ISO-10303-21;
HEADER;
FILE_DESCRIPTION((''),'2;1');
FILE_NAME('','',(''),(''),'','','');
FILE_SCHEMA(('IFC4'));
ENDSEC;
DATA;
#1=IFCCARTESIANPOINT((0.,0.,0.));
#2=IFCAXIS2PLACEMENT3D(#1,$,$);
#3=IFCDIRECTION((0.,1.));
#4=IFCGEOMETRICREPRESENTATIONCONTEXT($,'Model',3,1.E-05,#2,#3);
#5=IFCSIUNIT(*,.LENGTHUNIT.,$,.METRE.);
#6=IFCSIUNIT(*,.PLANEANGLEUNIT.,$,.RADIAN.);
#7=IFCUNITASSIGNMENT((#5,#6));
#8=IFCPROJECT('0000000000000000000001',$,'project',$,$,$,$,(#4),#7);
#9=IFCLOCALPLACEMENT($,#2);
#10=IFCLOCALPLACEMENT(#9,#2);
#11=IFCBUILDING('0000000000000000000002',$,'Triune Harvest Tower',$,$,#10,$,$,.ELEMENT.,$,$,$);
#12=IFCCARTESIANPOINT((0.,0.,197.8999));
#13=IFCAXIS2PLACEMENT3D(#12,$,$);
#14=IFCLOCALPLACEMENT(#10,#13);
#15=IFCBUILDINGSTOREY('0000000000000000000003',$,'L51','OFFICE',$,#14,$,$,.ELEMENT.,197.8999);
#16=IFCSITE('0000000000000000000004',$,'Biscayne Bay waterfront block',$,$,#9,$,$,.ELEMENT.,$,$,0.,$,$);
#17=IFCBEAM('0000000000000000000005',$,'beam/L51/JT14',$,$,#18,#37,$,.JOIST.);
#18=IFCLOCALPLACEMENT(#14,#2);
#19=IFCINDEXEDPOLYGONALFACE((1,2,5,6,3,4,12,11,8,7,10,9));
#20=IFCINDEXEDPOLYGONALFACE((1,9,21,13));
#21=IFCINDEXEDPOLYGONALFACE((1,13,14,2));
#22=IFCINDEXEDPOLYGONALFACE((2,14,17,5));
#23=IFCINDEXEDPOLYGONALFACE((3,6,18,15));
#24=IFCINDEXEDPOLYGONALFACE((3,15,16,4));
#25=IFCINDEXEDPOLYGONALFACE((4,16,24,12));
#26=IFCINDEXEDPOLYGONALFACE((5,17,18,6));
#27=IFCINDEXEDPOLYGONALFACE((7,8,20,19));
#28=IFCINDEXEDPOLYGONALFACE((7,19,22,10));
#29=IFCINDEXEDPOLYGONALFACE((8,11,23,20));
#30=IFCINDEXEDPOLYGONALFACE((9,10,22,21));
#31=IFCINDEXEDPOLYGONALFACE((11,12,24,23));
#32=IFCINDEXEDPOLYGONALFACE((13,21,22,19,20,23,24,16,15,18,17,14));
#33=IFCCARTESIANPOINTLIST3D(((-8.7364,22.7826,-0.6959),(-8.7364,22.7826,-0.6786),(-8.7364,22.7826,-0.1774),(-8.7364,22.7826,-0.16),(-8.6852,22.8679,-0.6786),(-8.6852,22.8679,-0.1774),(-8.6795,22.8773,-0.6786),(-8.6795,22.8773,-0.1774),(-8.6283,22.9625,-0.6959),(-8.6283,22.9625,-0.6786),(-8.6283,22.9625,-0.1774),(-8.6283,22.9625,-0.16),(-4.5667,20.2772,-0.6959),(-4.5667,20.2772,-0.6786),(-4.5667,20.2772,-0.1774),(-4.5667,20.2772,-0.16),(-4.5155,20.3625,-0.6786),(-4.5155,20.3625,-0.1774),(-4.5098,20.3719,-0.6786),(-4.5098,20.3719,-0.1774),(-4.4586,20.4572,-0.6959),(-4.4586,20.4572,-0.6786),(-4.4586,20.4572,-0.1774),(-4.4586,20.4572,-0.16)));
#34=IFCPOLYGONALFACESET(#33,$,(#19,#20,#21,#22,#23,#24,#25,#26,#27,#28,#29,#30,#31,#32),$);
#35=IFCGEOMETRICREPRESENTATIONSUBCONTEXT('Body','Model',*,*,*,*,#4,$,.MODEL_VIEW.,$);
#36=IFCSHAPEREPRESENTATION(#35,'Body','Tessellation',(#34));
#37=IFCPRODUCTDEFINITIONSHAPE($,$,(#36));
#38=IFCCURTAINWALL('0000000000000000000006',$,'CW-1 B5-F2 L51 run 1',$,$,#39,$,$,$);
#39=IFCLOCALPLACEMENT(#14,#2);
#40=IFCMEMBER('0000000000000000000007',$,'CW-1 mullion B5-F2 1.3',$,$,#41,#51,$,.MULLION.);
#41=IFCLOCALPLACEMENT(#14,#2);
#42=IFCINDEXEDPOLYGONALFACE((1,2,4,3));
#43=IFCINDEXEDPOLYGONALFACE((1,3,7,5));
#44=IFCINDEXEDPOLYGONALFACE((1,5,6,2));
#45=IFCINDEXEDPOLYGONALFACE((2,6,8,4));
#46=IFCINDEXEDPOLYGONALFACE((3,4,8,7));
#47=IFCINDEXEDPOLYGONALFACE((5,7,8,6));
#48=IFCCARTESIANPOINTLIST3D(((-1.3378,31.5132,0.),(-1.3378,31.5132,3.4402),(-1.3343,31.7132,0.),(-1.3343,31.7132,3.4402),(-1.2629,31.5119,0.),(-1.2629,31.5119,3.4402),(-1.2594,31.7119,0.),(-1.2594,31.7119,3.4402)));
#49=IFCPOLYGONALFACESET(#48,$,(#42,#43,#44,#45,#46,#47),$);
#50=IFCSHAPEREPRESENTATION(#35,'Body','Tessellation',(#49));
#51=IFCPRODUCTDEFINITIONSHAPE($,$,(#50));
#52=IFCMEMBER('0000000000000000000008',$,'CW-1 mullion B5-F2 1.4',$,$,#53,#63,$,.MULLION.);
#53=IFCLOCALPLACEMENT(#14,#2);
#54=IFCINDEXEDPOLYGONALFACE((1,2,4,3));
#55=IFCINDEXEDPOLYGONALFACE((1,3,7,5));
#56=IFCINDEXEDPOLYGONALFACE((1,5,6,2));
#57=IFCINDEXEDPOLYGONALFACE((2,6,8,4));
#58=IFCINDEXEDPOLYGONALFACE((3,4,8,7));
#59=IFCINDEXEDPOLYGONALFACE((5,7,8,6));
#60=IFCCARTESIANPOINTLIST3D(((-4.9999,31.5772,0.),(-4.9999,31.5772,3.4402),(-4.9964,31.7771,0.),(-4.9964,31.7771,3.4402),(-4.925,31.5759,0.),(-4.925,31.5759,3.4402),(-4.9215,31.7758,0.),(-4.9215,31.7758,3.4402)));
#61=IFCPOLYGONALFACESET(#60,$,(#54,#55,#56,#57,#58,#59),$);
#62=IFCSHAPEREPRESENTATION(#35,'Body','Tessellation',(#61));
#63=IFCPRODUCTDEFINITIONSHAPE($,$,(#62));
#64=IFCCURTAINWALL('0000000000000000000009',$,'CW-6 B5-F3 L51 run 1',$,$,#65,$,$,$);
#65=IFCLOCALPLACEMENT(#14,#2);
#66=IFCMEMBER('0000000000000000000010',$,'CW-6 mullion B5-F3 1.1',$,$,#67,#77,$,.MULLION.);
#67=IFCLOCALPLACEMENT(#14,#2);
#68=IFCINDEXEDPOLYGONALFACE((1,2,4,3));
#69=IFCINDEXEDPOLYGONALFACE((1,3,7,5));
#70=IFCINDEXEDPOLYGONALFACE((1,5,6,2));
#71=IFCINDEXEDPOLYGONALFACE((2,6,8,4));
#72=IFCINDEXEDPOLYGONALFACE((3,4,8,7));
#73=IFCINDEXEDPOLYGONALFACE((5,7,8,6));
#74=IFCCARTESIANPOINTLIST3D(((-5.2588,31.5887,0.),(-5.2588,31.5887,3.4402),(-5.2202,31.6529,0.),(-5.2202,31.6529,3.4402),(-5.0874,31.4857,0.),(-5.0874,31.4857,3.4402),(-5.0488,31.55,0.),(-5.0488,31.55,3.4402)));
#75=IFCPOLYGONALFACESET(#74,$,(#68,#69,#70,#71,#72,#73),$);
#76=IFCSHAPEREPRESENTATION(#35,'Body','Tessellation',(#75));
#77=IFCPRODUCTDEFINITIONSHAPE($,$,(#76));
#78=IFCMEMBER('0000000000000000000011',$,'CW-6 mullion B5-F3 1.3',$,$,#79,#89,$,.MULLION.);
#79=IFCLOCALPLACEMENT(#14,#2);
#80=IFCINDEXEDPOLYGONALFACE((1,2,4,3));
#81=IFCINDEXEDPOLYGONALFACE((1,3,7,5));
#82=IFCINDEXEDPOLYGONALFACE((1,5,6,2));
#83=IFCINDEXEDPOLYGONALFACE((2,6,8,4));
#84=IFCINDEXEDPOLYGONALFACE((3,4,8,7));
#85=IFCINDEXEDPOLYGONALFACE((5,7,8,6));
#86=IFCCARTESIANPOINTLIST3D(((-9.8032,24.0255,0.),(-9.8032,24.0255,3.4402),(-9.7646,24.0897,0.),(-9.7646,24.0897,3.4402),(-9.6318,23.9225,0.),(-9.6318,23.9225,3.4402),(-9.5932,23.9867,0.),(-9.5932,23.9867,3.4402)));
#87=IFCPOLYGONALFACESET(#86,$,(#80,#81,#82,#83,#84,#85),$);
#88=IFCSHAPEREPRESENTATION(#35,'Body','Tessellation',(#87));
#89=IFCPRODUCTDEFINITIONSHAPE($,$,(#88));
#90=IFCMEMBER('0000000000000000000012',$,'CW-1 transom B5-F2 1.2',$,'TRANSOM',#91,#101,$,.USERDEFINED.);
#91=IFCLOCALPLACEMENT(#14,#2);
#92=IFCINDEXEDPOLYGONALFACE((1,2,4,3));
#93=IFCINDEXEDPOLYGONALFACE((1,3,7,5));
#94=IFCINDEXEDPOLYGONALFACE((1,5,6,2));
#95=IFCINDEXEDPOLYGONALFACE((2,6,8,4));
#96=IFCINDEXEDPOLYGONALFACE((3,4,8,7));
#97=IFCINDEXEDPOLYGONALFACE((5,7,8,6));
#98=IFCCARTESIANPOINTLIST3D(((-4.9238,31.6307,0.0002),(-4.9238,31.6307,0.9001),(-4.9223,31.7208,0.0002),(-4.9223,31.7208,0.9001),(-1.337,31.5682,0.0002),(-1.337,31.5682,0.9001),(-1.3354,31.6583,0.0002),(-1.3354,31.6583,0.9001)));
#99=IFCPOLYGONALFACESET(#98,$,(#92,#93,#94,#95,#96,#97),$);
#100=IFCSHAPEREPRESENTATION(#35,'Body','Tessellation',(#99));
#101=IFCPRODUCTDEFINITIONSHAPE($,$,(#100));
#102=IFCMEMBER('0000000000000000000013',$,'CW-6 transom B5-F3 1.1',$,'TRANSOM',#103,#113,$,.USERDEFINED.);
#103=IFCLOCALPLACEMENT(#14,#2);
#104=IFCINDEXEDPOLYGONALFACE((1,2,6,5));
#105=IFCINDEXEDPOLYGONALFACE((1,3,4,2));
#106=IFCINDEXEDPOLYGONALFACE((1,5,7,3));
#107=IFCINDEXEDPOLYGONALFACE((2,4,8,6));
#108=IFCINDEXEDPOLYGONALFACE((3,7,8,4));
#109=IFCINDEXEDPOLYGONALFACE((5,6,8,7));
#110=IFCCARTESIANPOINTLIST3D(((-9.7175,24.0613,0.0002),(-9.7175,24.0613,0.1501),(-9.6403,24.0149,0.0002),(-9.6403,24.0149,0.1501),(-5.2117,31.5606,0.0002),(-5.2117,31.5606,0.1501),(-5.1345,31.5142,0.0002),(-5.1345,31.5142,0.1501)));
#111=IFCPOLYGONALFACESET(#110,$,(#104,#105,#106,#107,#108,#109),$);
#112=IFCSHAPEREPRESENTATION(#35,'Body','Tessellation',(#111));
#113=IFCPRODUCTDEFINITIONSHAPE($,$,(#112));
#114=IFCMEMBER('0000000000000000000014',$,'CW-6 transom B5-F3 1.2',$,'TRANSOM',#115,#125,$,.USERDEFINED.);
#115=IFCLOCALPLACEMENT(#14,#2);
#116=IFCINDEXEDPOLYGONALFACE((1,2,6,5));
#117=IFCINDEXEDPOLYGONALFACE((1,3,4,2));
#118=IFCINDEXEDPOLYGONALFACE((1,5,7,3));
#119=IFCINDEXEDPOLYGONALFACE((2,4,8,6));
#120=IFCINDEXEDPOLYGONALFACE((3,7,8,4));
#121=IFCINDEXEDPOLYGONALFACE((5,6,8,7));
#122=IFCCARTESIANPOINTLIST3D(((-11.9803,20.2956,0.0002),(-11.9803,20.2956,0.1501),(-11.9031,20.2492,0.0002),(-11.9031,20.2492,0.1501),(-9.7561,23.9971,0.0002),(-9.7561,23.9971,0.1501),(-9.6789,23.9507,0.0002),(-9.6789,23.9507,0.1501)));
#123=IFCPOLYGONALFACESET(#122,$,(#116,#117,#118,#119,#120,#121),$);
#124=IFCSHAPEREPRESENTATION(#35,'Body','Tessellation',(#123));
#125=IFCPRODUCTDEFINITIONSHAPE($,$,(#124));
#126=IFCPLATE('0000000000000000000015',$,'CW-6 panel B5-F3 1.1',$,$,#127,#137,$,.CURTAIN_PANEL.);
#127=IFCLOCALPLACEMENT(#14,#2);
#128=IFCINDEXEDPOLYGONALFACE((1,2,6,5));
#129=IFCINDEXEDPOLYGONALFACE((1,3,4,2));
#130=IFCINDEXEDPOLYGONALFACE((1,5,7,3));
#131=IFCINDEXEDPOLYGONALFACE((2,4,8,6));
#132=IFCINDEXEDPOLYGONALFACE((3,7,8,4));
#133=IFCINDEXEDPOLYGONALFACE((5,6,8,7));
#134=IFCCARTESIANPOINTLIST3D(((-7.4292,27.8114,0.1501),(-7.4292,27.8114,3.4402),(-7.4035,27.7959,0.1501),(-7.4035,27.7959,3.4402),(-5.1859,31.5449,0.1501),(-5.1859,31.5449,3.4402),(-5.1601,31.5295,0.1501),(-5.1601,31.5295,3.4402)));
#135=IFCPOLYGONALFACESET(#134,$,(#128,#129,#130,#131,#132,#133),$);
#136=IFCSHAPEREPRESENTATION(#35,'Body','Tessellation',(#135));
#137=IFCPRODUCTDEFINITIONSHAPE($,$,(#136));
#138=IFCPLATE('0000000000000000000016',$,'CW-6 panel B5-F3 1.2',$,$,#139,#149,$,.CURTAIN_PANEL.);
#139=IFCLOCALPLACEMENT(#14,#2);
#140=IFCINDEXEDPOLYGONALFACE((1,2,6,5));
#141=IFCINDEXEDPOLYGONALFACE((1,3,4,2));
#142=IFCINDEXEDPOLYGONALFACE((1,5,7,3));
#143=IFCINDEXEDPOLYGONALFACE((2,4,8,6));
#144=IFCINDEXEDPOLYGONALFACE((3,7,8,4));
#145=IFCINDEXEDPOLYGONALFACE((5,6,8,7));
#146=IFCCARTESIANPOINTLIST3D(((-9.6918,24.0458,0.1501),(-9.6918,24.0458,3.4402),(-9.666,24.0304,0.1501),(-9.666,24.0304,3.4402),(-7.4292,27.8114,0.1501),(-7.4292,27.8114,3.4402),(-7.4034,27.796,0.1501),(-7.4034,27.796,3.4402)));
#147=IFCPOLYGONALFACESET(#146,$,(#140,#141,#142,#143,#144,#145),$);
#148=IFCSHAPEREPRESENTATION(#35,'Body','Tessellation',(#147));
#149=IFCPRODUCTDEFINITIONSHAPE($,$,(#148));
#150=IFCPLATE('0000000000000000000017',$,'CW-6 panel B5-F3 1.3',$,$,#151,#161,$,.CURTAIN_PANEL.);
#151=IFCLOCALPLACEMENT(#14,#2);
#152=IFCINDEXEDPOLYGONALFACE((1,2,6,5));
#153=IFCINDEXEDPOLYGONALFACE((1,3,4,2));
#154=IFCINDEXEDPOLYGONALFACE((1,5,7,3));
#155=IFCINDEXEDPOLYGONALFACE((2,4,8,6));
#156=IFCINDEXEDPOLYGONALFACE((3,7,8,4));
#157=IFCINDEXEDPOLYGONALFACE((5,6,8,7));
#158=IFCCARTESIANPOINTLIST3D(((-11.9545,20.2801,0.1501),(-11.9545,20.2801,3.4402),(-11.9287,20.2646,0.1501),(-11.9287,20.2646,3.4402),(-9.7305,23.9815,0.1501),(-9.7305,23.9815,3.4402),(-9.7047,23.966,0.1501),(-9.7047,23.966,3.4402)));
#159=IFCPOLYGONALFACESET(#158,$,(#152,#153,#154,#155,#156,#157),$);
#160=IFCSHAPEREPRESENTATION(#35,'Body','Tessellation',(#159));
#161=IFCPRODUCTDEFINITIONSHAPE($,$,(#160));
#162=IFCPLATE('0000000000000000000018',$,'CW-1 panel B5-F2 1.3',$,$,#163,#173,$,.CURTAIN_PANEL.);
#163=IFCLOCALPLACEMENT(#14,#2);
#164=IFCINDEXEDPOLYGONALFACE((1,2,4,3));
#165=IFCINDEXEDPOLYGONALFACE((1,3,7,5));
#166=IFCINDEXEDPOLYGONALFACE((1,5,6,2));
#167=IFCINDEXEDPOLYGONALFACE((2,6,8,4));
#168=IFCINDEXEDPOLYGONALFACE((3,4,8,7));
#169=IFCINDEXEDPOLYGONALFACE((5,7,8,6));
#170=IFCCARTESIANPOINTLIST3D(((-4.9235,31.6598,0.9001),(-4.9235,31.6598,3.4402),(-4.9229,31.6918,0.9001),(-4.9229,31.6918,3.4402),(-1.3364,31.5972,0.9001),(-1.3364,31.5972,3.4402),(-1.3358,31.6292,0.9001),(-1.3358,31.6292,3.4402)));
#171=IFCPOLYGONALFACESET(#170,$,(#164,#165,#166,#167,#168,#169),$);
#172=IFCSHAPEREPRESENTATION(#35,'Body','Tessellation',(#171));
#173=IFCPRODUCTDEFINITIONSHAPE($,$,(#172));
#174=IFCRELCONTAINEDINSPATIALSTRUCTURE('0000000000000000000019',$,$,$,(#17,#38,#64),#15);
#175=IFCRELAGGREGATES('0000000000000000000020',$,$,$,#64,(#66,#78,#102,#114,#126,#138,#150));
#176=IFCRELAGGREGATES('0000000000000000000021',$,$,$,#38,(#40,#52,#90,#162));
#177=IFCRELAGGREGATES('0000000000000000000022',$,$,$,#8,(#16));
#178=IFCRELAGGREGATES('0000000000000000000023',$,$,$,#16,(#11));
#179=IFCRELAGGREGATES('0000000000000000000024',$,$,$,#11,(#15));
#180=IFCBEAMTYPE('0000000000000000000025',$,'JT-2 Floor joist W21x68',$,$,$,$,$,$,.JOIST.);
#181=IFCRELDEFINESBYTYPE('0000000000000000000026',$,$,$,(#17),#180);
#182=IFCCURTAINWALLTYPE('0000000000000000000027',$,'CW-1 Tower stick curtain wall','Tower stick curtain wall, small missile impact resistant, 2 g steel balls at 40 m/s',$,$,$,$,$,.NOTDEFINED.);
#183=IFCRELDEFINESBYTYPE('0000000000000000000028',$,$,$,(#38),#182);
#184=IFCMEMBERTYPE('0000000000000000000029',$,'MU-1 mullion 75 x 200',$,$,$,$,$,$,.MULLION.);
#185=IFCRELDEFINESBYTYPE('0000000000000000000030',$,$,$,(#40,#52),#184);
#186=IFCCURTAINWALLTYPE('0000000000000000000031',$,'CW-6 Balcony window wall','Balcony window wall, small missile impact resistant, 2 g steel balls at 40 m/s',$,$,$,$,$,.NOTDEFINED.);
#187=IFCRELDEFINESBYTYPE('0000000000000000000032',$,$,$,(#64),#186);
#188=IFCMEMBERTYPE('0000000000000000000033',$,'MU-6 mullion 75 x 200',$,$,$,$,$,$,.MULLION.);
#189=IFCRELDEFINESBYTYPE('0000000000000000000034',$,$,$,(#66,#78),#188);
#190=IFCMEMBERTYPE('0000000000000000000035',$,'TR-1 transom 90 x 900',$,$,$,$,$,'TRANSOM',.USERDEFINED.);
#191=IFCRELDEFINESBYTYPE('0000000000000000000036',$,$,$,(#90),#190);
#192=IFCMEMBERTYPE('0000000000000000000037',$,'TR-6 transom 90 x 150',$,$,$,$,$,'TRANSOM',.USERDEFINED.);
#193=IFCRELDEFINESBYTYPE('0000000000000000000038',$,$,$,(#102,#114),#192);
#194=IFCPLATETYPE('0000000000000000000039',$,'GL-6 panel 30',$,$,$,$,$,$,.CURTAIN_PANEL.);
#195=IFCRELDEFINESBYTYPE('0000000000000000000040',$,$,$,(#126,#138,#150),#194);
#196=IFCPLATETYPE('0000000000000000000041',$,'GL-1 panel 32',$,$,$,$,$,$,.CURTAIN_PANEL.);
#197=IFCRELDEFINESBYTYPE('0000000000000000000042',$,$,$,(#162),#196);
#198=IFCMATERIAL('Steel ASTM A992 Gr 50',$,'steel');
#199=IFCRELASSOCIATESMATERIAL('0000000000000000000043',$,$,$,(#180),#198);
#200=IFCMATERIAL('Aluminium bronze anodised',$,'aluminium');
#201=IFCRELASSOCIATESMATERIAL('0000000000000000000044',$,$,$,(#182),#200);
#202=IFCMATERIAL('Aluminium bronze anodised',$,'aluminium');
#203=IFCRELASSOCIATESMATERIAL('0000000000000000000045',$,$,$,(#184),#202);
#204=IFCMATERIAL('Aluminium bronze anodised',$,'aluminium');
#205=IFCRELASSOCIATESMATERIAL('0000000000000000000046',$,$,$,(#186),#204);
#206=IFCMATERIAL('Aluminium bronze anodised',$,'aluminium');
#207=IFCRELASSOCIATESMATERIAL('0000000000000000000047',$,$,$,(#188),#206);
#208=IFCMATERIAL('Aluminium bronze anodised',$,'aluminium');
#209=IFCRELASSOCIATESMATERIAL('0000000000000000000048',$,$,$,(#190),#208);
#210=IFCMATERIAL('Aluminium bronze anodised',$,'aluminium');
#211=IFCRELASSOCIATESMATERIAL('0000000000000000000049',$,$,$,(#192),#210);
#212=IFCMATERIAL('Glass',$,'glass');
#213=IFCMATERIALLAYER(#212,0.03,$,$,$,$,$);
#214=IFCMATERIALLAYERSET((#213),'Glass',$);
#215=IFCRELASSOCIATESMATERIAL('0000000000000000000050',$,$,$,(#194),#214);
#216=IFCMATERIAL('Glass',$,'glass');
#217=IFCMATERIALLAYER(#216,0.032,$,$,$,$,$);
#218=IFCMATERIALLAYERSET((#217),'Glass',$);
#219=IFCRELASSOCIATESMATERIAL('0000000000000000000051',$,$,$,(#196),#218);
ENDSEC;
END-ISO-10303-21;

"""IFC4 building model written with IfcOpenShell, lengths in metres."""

from ifc_helpers import new_model, si_unit, direction, frame, origin, origin_2d, place, context, subcontext, project, spatial, rectangle, i_section, extrude, source, transform, mapped, material, layer, layer_set, material_profile, profile_set, type_object, element, aggregate, save


model = new_model("IFC4")

# Units and contexts
model_context = context("Model", 3, precision=1e-05, world=origin(), true_north=direction((0.0, 1.0)))
body_context = subcontext(model_context, "Body", "Model", "MODEL_VIEW")
ifc_project = project(units=[si_unit("LENGTHUNIT", "METRE"), si_unit("PLANEANGLEUNIT", "RADIAN")], contexts=[model_context])

# Site, building, storey
site_placement = place(None, origin())
site = spatial("IfcSite", under=ifc_project, at=site_placement, Name="Biscayne Bay waterfront block", CompositionType="ELEMENT", RefElevation=0.0)
building_placement = place(site_placement, origin())
building = spatial("IfcBuilding", under=site, at=building_placement, Name="Triune Harvest Tower", CompositionType="ELEMENT")
storey_placement = place(building_placement, frame((0.0, 0.0, 197.8999)))
storey = spatial("IfcBuildingStorey", under=building, at=storey_placement, Name="L51", Description="OFFICE", CompositionType="ELEMENT", Elevation=197.8999)

# Beam
ifc_material_1 = material(Name="Steel ASTM A992 Gr 50", Category="steel")
ifc_material_profile_1 = material_profile(ifc_material_1, i_section(OverallWidth=0.21, OverallDepth=0.5359, WebThickness=0.011, FlangeThickness=0.0173, at=origin_2d()), Name="W21x68")
ifc_profile_set_1 = profile_set([ifc_material_profile_1], Name="Steel ASTM A992 Gr 50")
beam_type_1 = type_object("IfcBeamType", Name="JT-2 Floor joist W21x68", PredefinedType="JOIST", material=ifc_profile_set_1)
shared_shape_1 = source(origin(), body_context, "Body", "SweptSolid", [
    extrude(i_section(OverallWidth=0.21, OverallDepth=0.5359, WebThickness=0.011, FlangeThickness=0.0173, at=origin_2d()), origin(), (0.0, 0.0, 1.0), 4.8645),
])
beam_1_placement = place(storey_placement, frame((-8.6824, 22.8726, -0.428), z_axis=(0.857169, -0.515034, 0.0), x_axis=(0.515034, 0.857169, 0.0)))
element("IfcBeam", 1, at=beam_1_placement, inside=storey, type_object=beam_type_1, Name="beam/L51/JT14", PredefinedType="JOIST", context=body_context, shape_type="MappedRepresentation", body=[
    mapped(shared_shape_1, transform((0.0, 0.0, 0.0), scale=1.0)),
])

# Curtain walls, members
ifc_material_2 = material(Name="Aluminium bronze anodised", Category="aluminium")
curtain_wall_type_1 = type_object("IfcCurtainWallType", Name="CW-1 Tower stick curtain wall", Description="Tower stick curtain wall, small missile impact resistant, 2 g steel balls at 40 m/s", PredefinedType="NOTDEFINED", material=ifc_material_2)
curtain_wall_1_placement = place(storey_placement, origin())
curtain_wall_1 = element("IfcCurtainWall", 2, at=curtain_wall_1_placement, inside=storey, type_object=curtain_wall_type_1, Name="CW-1 B5-F2 L51 run 1")
ifc_material_3 = material(Name="Aluminium bronze anodised", Category="aluminium")
ifc_material_profile_2 = material_profile(ifc_material_3, rectangle(XDim=0.2, YDim=0.075, at=origin_2d()), Name="MU-1 mullion 75 x 200")
ifc_profile_set_2 = profile_set([ifc_material_profile_2], Name="Aluminium bronze anodised")
member_type_1 = type_object("IfcMemberType", Name="MU-1 mullion 75 x 200", PredefinedType="MULLION", material=ifc_profile_set_2)
shared_shape_2 = source(origin(), body_context, "Body", "SweptSolid", [
    extrude(rectangle(XDim=0.2, YDim=0.075, at=origin_2d()), origin(), (0.0, 0.0, 1.0), 3.4402),
])
member_1_placement = place(storey_placement, frame((-1.2986, 31.6125, 0.0), z_axis=(0.0, 0.0, 1.0), x_axis=(-0.017446, -0.999848, 0.0)))
member_1 = element("IfcMember", 3, at=member_1_placement, type_object=member_type_1, Name="CW-1 mullion B5-F2 1.3", PredefinedType="MULLION", context=body_context, shape_type="MappedRepresentation", body=[
    mapped(shared_shape_2, transform((0.0, 0.0, 0.0), scale=1.0)),
])
member_2_placement = place(storey_placement, frame((-4.9607, 31.6765, 0.0), z_axis=(0.0, 0.0, 1.0), x_axis=(-0.017446, -0.999848, 0.0)))
member_2 = element("IfcMember", 4, at=member_2_placement, type_object=member_type_1, Name="CW-1 mullion B5-F2 1.4", PredefinedType="MULLION", context=body_context, shape_type="MappedRepresentation", body=[
    mapped(shared_shape_2, transform((0.0, 0.0, 0.0), scale=1.0)),
])
ifc_material_4 = material(Name="Aluminium bronze anodised", Category="aluminium")
curtain_wall_type_2 = type_object("IfcCurtainWallType", Name="CW-6 Balcony window wall", Description="Balcony window wall, small missile impact resistant, 2 g steel balls at 40 m/s", PredefinedType="NOTDEFINED", material=ifc_material_4)
curtain_wall_2_placement = place(storey_placement, origin())
curtain_wall_2 = element("IfcCurtainWall", 5, at=curtain_wall_2_placement, inside=storey, type_object=curtain_wall_type_2, Name="CW-6 B5-F3 L51 run 1")
ifc_material_5 = material(Name="Aluminium bronze anodised", Category="aluminium")
ifc_material_profile_3 = material_profile(ifc_material_5, rectangle(XDim=0.2, YDim=0.075, at=origin_2d()), Name="MU-6 mullion 75 x 200")
ifc_profile_set_3 = profile_set([ifc_material_profile_3], Name="Aluminium bronze anodised")
member_type_2 = type_object("IfcMemberType", Name="MU-6 mullion 75 x 200", PredefinedType="MULLION", material=ifc_profile_set_3)
shared_shape_3 = source(origin(), body_context, "Body", "SweptSolid", [
    extrude(rectangle(XDim=0.2, YDim=0.075, at=origin_2d()), origin(), (0.0, 0.0, 1.0), 3.4402),
])
member_3_placement = place(storey_placement, frame((-5.1538, 31.5693, 0.0), z_axis=(0.0, 0.0, 1.0), x_axis=(0.857168, -0.515037, 0.0)))
member_3 = element("IfcMember", 6, at=member_3_placement, type_object=member_type_2, Name="CW-6 mullion B5-F3 1.1", PredefinedType="MULLION", context=body_context, shape_type="MappedRepresentation", body=[
    mapped(shared_shape_3, transform((0.0, 0.0, 0.0), scale=1.0)),
])
member_4_placement = place(storey_placement, frame((-9.6982, 24.0061, 0.0), z_axis=(0.0, 0.0, 1.0), x_axis=(0.857168, -0.515037, 0.0)))
member_4 = element("IfcMember", 7, at=member_4_placement, type_object=member_type_2, Name="CW-6 mullion B5-F3 1.3", PredefinedType="MULLION", context=body_context, shape_type="MappedRepresentation", body=[
    mapped(shared_shape_3, transform((0.0, 0.0, 0.0), scale=1.0)),
])

# Members
ifc_material_6 = material(Name="Aluminium bronze anodised", Category="aluminium")
ifc_material_profile_4 = material_profile(ifc_material_6, rectangle(XDim=0.0901, YDim=0.8999, at=origin_2d()), Name="TR-1 transom 90 x 900")
ifc_profile_set_4 = profile_set([ifc_material_profile_4], Name="Aluminium bronze anodised")
member_type_3 = type_object("IfcMemberType", Name="TR-1 transom 90 x 900", ElementType="TRANSOM", PredefinedType="USERDEFINED", material=ifc_profile_set_4)
shared_shape_4 = source(origin(), body_context, "Body", "SweptSolid", [
    extrude(rectangle(XDim=0.0901, YDim=0.8999, at=origin_2d()), origin(), (0.0, 0.0, 1.0), 3.5874),
])
member_5_placement = place(storey_placement, frame((-1.3362, 31.6133, 0.4502), z_axis=(-0.999848, 0.017422, 0.0), x_axis=(-0.017422, -0.999848, 0.0)))
member_5 = element("IfcMember", 8, at=member_5_placement, type_object=member_type_3, Name="CW-1 transom B5-F2 1.2", ObjectType="TRANSOM", PredefinedType="USERDEFINED", context=body_context, shape_type="MappedRepresentation", body=[
    mapped(shared_shape_4, transform((0.0, 0.0, 0.0), scale=1.0)),
])
ifc_material_7 = material(Name="Aluminium bronze anodised", Category="aluminium")
ifc_material_profile_5 = material_profile(ifc_material_7, rectangle(XDim=0.0901, YDim=0.1499, at=origin_2d()), Name="TR-6 transom 90 x 150")
ifc_profile_set_5 = profile_set([ifc_material_profile_5], Name="Aluminium bronze anodised")
member_type_4 = type_object("IfcMemberType", Name="TR-6 transom 90 x 150", ElementType="TRANSOM", PredefinedType="USERDEFINED", material=ifc_profile_set_5)
shared_shape_5 = source(origin(), body_context, "Body", "SweptSolid", [
    extrude(rectangle(XDim=0.0901, YDim=0.1499, at=origin_2d()), origin(), (0.0, 0.0, 1.0), 8.7488),
])
member_6_placement = place(storey_placement, frame((-5.1731, 31.5374, 0.0752), z_axis=(-0.515025, -0.857175, 0.0), x_axis=(0.857175, -0.515025, 0.0)))
member_6 = element("IfcMember", 9, at=member_6_placement, type_object=member_type_4, Name="CW-6 transom B5-F3 1.1", ObjectType="TRANSOM", PredefinedType="USERDEFINED", context=body_context, shape_type="MappedRepresentation", body=[
    mapped(shared_shape_5, transform((0.0, 0.0, 0.0), scale=1.0)),
])
shared_shape_6 = source(origin(), body_context, "Body", "SweptSolid", [
    extrude(rectangle(XDim=0.0901, YDim=0.1499, at=origin_2d()), origin(), (0.0, 0.0, 1.0), 4.3184),
])
member_7_placement = place(storey_placement, frame((-9.7175, 23.9739, 0.0752), z_axis=(-0.515053, -0.857159, 0.0), x_axis=(0.857159, -0.515053, 0.0)))
member_7 = element("IfcMember", 10, at=member_7_placement, type_object=member_type_4, Name="CW-6 transom B5-F3 1.2", ObjectType="TRANSOM", PredefinedType="USERDEFINED", context=body_context, shape_type="MappedRepresentation", body=[
    mapped(shared_shape_6, transform((0.0, 0.0, 0.0), scale=1.0)),
])

# Plates
ifc_material_8 = material(Name="Glass", Category="glass")
ifc_layer_1 = layer(ifc_material_8, 0.03)
ifc_layer_set_1 = layer_set([ifc_layer_1], Name="Glass")
plate_type_1 = type_object("IfcPlateType", Name="GL-6 panel 30", PredefinedType="CURTAIN_PANEL", material=ifc_layer_set_1)
plate_1_placement = place(storey_placement, frame((-6.2947, 29.6704, 0.1501), z_axis=(0.0, 0.0, 1.0), x_axis=(-0.515037, -0.857168, 0.0)))
plate_1 = element("IfcPlate", 11, at=plate_1_placement, type_object=plate_type_1, Name="CW-6 panel B5-F3 1.1", PredefinedType="CURTAIN_PANEL", context=body_context, shape_type="SweptSolid", body=[
    extrude(rectangle(XDim=4.3557, YDim=0.03, at=origin_2d()), origin(), (0.0, 0.0, 1.0), 3.29),
])
plate_2_placement = place(storey_placement, frame((-8.5476, 25.9209, 0.1501), z_axis=(0.0, 0.0, 1.0), x_axis=(-0.515037, -0.857168, 0.0)))
plate_2 = element("IfcPlate", 12, at=plate_2_placement, type_object=plate_type_1, Name="CW-6 panel B5-F3 1.2", PredefinedType="CURTAIN_PANEL", context=body_context, shape_type="SweptSolid", body=[
    extrude(rectangle(XDim=4.3931, YDim=0.03, at=origin_2d()), origin(), (0.0, 0.0, 1.0), 3.29),
])
plate_3_placement = place(storey_placement, frame((-10.8296, 22.123, 0.1501), z_axis=(0.0, 0.0, 1.0), x_axis=(-0.515037, -0.857168, 0.0)))
plate_3 = element("IfcPlate", 13, at=plate_3_placement, type_object=plate_type_1, Name="CW-6 panel B5-F3 1.3", PredefinedType="CURTAIN_PANEL", context=body_context, shape_type="SweptSolid", body=[
    extrude(rectangle(XDim=4.3181, YDim=0.03, at=origin_2d()), origin(), (0.0, 0.0, 1.0), 3.29),
])
aggregate(curtain_wall_2, [member_3, member_4, member_6, member_7, plate_1, plate_2, plate_3])
ifc_material_9 = material(Name="Glass", Category="glass")
ifc_layer_2 = layer(ifc_material_9, 0.032)
ifc_layer_set_2 = layer_set([ifc_layer_2], Name="Glass")
plate_type_2 = type_object("IfcPlateType", Name="GL-1 panel 32", PredefinedType="CURTAIN_PANEL", material=ifc_layer_set_2)
shared_shape_7 = source(origin(), body_context, "Body", "SweptSolid", [
    extrude(rectangle(XDim=3.5876, YDim=0.032, at=origin_2d()), origin(), (0.0, 0.0, 1.0), 2.54),
])
plate_4_placement = place(storey_placement, frame((-3.1296, 31.6445, 0.9001), z_axis=(0.0, 0.0, 1.0), x_axis=(-0.999848, 0.017446, 0.0)))
plate_4 = element("IfcPlate", 14, at=plate_4_placement, type_object=plate_type_2, Name="CW-1 panel B5-F2 1.3", PredefinedType="CURTAIN_PANEL", context=body_context, shape_type="MappedRepresentation", body=[
    mapped(shared_shape_7, transform((0.0, 0.0, 0.0), scale=1.0)),
])
aggregate(curtain_wall_1, [member_1, member_2, member_5, plate_4])

save(model, "model.ifc")
